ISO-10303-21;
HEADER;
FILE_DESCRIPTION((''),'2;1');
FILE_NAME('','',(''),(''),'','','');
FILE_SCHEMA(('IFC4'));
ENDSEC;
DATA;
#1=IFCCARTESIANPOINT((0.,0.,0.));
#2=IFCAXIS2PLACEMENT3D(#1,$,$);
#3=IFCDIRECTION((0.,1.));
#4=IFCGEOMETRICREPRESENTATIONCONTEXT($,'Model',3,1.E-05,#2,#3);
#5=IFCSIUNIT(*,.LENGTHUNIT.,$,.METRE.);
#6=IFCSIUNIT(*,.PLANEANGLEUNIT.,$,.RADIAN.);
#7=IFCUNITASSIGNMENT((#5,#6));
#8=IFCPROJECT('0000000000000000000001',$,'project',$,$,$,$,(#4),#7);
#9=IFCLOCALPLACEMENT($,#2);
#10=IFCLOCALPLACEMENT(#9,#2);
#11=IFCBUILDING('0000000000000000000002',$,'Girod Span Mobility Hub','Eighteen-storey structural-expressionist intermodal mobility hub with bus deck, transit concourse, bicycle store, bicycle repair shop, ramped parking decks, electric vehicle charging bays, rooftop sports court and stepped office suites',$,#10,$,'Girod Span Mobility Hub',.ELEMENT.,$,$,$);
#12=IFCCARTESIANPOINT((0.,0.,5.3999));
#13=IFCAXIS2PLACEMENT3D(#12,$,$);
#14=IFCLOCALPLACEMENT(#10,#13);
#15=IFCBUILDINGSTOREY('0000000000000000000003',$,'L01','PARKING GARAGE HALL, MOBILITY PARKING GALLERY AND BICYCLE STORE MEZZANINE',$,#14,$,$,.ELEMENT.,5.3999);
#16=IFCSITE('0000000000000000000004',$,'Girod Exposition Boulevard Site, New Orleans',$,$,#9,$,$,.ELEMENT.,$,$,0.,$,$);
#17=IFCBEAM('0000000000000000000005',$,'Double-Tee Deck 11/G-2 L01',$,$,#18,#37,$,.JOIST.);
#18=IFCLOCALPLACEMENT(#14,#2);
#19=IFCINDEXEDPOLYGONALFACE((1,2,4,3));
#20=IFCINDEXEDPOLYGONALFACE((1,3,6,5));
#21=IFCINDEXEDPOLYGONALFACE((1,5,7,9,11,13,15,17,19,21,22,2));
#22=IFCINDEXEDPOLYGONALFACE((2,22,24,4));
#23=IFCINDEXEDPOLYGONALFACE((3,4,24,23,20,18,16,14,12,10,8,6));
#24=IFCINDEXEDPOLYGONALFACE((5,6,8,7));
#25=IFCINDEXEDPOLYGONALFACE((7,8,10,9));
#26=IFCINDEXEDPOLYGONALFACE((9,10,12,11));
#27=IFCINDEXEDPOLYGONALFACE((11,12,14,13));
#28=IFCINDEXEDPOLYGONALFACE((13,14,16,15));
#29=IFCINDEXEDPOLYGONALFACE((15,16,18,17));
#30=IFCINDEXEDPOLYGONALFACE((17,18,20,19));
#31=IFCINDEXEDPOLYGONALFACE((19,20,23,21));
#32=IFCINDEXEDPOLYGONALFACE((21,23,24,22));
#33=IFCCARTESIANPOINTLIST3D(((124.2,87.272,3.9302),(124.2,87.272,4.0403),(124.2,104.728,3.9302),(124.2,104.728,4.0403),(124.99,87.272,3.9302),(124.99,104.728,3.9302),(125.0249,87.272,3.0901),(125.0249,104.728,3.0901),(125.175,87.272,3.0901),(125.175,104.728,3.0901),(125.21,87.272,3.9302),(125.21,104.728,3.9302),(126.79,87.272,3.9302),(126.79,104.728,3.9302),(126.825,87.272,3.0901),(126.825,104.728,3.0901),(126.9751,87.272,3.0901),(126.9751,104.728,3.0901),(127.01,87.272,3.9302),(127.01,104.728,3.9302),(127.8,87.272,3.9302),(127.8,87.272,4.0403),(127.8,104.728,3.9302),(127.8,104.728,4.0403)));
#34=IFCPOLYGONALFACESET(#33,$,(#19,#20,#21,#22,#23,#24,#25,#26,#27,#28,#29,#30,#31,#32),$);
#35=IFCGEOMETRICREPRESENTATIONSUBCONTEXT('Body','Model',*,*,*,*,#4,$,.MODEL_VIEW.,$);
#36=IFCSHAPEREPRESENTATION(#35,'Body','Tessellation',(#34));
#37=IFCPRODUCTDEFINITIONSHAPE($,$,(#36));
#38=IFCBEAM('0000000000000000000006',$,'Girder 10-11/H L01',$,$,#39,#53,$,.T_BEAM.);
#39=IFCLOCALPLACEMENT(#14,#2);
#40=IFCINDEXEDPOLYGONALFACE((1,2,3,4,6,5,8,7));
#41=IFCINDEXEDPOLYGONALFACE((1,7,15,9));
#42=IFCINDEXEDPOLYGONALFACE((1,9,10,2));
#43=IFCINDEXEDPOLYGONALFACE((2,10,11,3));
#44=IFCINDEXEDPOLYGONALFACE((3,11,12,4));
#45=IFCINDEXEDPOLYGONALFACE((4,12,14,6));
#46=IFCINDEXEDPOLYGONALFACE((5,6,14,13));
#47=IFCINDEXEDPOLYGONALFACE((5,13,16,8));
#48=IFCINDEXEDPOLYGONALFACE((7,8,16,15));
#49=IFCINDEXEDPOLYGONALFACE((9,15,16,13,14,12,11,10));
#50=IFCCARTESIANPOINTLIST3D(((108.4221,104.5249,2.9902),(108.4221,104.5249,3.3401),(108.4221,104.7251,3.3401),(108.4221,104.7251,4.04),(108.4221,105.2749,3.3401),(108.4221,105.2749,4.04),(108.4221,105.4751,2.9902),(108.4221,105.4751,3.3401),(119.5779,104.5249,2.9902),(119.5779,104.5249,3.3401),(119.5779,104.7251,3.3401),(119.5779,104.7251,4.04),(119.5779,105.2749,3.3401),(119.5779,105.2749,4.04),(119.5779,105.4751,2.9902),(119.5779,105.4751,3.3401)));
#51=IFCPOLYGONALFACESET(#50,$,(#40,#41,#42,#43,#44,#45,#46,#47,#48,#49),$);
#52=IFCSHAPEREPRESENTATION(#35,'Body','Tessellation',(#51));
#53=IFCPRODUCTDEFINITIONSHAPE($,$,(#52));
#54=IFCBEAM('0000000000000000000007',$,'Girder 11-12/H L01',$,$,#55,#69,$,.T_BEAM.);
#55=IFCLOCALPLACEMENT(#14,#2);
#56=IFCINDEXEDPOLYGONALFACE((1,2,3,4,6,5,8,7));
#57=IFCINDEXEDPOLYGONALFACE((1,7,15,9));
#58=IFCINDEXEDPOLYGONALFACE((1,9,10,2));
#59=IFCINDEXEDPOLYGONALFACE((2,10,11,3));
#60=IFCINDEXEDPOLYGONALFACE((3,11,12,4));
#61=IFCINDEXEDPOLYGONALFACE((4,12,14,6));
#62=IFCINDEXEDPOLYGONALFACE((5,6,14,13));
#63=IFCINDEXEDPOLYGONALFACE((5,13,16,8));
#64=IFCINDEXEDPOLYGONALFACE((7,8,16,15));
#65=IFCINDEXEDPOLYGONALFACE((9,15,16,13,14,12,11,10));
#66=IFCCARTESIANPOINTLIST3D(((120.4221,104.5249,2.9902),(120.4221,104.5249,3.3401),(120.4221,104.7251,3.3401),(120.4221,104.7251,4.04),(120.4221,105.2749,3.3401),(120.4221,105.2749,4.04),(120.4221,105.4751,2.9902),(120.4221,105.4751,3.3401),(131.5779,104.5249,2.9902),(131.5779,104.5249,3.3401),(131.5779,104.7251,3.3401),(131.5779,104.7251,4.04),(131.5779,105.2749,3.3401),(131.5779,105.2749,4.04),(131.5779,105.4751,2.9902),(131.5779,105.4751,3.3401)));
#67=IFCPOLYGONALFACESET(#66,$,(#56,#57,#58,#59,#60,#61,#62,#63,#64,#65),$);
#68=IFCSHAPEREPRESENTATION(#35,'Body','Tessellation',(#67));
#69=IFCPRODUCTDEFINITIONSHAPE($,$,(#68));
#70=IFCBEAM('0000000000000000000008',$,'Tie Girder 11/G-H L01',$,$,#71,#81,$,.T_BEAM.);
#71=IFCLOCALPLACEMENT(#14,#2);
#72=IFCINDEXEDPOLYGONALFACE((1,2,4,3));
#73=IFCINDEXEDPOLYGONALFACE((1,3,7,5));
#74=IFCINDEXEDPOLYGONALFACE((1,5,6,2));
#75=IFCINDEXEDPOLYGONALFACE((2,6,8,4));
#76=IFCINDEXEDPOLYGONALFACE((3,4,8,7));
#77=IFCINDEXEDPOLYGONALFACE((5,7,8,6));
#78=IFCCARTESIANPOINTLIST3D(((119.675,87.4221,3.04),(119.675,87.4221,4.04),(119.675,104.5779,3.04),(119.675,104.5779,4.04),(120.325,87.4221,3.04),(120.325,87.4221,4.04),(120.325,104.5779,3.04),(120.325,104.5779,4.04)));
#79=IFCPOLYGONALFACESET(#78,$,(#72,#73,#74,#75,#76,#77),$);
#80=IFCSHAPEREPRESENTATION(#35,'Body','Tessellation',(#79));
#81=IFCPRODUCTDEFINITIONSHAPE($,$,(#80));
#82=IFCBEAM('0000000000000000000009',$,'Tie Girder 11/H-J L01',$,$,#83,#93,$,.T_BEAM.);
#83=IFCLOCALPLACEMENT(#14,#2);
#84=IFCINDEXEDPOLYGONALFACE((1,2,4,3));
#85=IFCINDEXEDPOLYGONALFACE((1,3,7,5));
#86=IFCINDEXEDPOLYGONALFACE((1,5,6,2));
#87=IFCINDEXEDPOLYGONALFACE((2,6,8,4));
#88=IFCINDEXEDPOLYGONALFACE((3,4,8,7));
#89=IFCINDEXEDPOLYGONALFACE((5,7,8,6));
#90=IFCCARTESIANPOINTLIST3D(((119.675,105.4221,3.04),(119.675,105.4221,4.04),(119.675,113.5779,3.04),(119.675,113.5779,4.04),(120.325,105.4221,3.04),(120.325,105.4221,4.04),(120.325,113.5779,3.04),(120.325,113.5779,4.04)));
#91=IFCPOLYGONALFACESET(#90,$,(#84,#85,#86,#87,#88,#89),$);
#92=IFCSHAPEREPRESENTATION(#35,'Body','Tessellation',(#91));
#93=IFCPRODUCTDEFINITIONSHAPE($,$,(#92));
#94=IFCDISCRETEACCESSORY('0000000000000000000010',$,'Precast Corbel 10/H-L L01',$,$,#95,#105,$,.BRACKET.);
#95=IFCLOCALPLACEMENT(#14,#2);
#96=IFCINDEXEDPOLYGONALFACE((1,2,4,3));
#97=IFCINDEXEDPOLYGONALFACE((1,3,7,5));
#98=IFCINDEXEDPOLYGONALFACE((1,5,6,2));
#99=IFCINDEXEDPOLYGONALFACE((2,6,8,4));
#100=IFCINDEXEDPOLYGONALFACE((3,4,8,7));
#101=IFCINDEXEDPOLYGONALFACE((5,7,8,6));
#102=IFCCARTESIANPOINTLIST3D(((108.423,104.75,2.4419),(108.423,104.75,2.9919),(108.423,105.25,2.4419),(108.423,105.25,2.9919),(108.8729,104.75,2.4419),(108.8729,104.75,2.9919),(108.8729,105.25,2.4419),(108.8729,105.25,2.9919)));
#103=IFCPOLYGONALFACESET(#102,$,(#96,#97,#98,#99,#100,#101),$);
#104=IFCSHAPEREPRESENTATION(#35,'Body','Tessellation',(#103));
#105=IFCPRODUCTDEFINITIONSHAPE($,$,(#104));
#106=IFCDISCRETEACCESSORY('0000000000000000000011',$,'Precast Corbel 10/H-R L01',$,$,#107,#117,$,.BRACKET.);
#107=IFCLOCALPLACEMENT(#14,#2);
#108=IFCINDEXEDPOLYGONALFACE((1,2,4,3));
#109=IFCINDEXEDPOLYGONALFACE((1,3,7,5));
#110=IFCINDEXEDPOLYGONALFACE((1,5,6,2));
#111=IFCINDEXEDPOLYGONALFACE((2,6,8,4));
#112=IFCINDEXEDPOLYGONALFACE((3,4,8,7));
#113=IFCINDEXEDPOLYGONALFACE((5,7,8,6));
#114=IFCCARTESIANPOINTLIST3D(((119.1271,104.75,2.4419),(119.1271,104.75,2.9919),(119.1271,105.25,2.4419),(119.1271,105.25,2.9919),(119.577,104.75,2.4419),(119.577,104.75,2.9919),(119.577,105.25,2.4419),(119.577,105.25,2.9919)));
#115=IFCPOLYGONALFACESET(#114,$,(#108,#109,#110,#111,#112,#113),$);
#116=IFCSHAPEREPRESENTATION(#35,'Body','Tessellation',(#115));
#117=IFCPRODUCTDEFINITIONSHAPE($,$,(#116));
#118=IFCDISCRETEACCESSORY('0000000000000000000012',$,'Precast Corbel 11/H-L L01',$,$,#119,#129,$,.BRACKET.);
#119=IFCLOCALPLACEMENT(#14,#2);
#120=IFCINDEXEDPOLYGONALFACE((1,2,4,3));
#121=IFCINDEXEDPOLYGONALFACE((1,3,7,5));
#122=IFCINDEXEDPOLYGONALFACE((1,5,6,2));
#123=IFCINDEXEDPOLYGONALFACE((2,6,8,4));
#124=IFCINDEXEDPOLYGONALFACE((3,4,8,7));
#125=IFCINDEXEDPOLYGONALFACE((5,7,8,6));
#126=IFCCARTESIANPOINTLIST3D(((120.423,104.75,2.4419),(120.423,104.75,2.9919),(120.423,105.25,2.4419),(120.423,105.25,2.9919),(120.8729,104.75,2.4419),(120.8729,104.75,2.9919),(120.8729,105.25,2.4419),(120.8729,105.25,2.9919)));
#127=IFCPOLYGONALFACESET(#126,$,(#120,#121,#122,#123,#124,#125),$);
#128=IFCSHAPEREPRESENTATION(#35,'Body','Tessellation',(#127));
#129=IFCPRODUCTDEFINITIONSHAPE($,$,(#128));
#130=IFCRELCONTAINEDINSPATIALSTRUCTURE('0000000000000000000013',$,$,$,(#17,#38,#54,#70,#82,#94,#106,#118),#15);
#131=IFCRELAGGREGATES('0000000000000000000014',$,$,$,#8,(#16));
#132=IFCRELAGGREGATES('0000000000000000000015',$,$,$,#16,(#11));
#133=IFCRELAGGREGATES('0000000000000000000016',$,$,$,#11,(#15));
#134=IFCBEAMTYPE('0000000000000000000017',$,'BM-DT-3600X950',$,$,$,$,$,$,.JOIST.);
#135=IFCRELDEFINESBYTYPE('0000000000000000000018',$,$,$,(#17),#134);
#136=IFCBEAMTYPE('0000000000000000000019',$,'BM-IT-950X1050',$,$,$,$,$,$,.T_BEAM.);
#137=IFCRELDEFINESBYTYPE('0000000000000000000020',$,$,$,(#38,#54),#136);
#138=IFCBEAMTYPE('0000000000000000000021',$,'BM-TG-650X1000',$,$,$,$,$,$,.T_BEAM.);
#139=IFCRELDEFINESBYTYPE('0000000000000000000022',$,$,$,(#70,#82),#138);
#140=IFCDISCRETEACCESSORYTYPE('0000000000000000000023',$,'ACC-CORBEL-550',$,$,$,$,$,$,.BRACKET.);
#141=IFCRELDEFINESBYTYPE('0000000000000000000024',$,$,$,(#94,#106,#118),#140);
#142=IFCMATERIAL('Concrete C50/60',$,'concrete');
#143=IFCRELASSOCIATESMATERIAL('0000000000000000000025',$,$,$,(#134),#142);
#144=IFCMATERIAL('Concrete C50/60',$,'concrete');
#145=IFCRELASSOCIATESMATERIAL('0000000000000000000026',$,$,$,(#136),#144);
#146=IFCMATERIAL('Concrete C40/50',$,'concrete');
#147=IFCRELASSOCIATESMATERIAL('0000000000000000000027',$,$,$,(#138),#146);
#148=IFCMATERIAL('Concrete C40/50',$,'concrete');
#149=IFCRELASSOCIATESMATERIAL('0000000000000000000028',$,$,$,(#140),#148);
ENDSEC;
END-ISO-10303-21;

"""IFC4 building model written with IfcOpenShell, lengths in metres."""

from ifc_helpers import new_model, si_unit, direction, frame, origin, origin_2d, place, context, subcontext, project, spatial, polyline, rectangle, outline, extrude, material, material_profile, profile_set, type_object, element, save


model = new_model("IFC4")

# Units and contexts
model_context = context("Model", 3, precision=1e-05, world=origin(), true_north=direction((0.0, 1.0)))
body_context = subcontext(model_context, "Body", "Model", "MODEL_VIEW")
ifc_project = project(units=[si_unit("LENGTHUNIT", "METRE"), si_unit("PLANEANGLEUNIT", "RADIAN")], contexts=[model_context])

# Site, building, storey
site_placement = place(None, origin())
site = spatial("IfcSite", under=ifc_project, at=site_placement, Name="Girod Exposition Boulevard Site, New Orleans", CompositionType="ELEMENT", RefElevation=0.0)
building_placement = place(site_placement, origin())
building = spatial("IfcBuilding", under=site, at=building_placement, Name="Girod Span Mobility Hub", Description="Eighteen-storey structural-expressionist intermodal mobility hub with bus deck, transit concourse, bicycle store, bicycle repair shop, ramped parking decks, electric vehicle charging bays, rooftop sports court and stepped office suites", LongName="Girod Span Mobility Hub", CompositionType="ELEMENT")
storey_placement = place(building_placement, frame((0.0, 0.0, 5.3999)))
storey = spatial("IfcBuildingStorey", under=building, at=storey_placement, Name="L01", Description="PARKING GARAGE HALL, MOBILITY PARKING GALLERY AND BICYCLE STORE MEZZANINE", CompositionType="ELEMENT", Elevation=5.3999)

# Beams
ifc_material_1 = material(Name="Concrete C50/60", Category="concrete")
ifc_material_profile_1 = material_profile(ifc_material_1, outline(polyline([(-1.8, 0.4751), (-1.8, 0.365), (-1.01, 0.365), (-0.9751, -0.4751), (-0.825, -0.4751), (-0.79, 0.365), (0.79, 0.365), (0.825, -0.4751), (0.9751, -0.4751), (1.01, 0.365), (1.8, 0.365), (1.8, 0.4751), (-1.8, 0.4751)])), Name="DT-3600X950")
ifc_profile_set_1 = profile_set([ifc_material_profile_1], Name="Concrete C50/60")
beam_type_1 = type_object("IfcBeamType", Name="BM-DT-3600X950", PredefinedType="JOIST", material=ifc_profile_set_1)
for number, where, z_axis, x_axis, name in (
    (1, (126.0, 87.272, 3.5652), (0.0, 1.0, 0.0), (-1.0, 0.0, 0.0), "Double-Tee Deck 11/G-2 L01"),
):
    element("IfcBeam", number, at=place(storey_placement, frame(where, z_axis=z_axis, x_axis=x_axis)), inside=storey, type_object=beam_type_1, Name=name, PredefinedType="JOIST", context=body_context, shape_type="SweptSolid", body=[
        extrude(outline(polyline([(-1.8, 0.4751), (-1.8, 0.365), (-1.01, 0.365), (-0.9751, -0.4751), (-0.825, -0.4751), (-0.79, 0.365), (0.79, 0.365), (0.825, -0.4751), (0.9751, -0.4751), (1.01, 0.365), (1.8, 0.365), (1.8, 0.4751), (-1.8, 0.4751)])), origin(), (0.0, 0.0, 1.0), 17.4561),
    ])
ifc_material_2 = material(Name="Concrete C50/60", Category="concrete")
ifc_material_profile_2 = material_profile(ifc_material_2, outline(polyline([(-0.4751, -0.5249), (0.4751, -0.5249), (0.4751, -0.175), (0.2749, -0.175), (0.2749, 0.5249), (-0.2749, 0.5249), (-0.2749, -0.175), (-0.4751, -0.175), (-0.4751, -0.5249)])), Name="IT-950X1050")
ifc_profile_set_2 = profile_set([ifc_material_profile_2], Name="Concrete C50/60")
beam_type_2 = type_object("IfcBeamType", Name="BM-IT-950X1050", PredefinedType="T_BEAM", material=ifc_profile_set_2)
for number, where, z_axis, x_axis, name in (
    (2, (108.4221, 105.0, 3.5151), (1.0, 0.0, 0.0), (0.0, 1.0, 0.0), "Girder 10-11/H L01"),
    (3, (120.4221, 105.0, 3.5151), (1.0, 0.0, 0.0), (0.0, 1.0, 0.0), "Girder 11-12/H L01"),
):
    element("IfcBeam", number, at=place(storey_placement, frame(where, z_axis=z_axis, x_axis=x_axis)), inside=storey, type_object=beam_type_2, Name=name, PredefinedType="T_BEAM", context=body_context, shape_type="SweptSolid", body=[
        extrude(outline(polyline([(-0.4751, -0.5249), (0.4751, -0.5249), (0.4751, -0.175), (0.2749, -0.175), (0.2749, 0.5249), (-0.2749, 0.5249), (-0.2749, -0.175), (-0.4751, -0.175), (-0.4751, -0.5249)])), origin(), (0.0, 0.0, 1.0), 11.1558),
    ])
ifc_material_3 = material(Name="Concrete C40/50", Category="concrete")
ifc_material_profile_3 = material_profile(ifc_material_3, rectangle(XDim=0.6499, YDim=1.0, at=origin_2d()), Name="TG-650X1000")
ifc_profile_set_3 = profile_set([ifc_material_profile_3], Name="Concrete C40/50")
beam_type_3 = type_object("IfcBeamType", Name="BM-TG-650X1000", PredefinedType="T_BEAM", material=ifc_profile_set_3)
beam_1_placement = place(storey_placement, frame((120.0, 87.4221, 3.54), z_axis=(0.0, 1.0, 0.0), x_axis=(-1.0, 0.0, 0.0)))
element("IfcBeam", 4, at=beam_1_placement, inside=storey, type_object=beam_type_3, Name="Tie Girder 11/G-H L01", PredefinedType="T_BEAM", context=body_context, shape_type="SweptSolid", body=[
    extrude(rectangle(XDim=0.6499, YDim=1.0, at=origin_2d()), origin(), (0.0, 0.0, 1.0), 17.1558),
])
beam_2_placement = place(storey_placement, frame((120.0, 105.4221, 3.54), z_axis=(0.0, 1.0, 0.0), x_axis=(-1.0, 0.0, 0.0)))
element("IfcBeam", 5, at=beam_2_placement, inside=storey, type_object=beam_type_3, Name="Tie Girder 11/H-J L01", PredefinedType="T_BEAM", context=body_context, shape_type="SweptSolid", body=[
    extrude(rectangle(XDim=0.6499, YDim=1.0, at=origin_2d()), origin(), (0.0, 0.0, 1.0), 8.1558),
])

# Discrete accessories
ifc_material_4 = material(Name="Concrete C40/50", Category="concrete")
discrete_accessory_type = type_object("IfcDiscreteAccessoryType", Name="ACC-CORBEL-550", PredefinedType="BRACKET", material=ifc_material_4)
for number, where, z_axis, x_axis, name in (
    (6, (108.6479, 105.0, 2.4419), (0.0, 0.0, 1.0), (1.0, 0.0, 0.0), "Precast Corbel 10/H-L L01"),
    (7, (119.3521, 105.0, 2.4419), (0.0, 0.0, 1.0), (1.0, 0.0, 0.0), "Precast Corbel 10/H-R L01"),
    (8, (120.6479, 105.0, 2.4419), (0.0, 0.0, 1.0), (1.0, 0.0, 0.0), "Precast Corbel 11/H-L L01"),
):
    element("IfcDiscreteAccessory", number, at=place(storey_placement, frame(where, z_axis=z_axis, x_axis=x_axis)), inside=storey, type_object=discrete_accessory_type, Name=name, PredefinedType="BRACKET", context=body_context, shape_type="SweptSolid", body=[
        extrude(rectangle(XDim=0.45, YDim=0.5, at=origin_2d()), origin(), (0.0, 0.0, 1.0), 0.55),
    ])

save(model, "model.ifc")
